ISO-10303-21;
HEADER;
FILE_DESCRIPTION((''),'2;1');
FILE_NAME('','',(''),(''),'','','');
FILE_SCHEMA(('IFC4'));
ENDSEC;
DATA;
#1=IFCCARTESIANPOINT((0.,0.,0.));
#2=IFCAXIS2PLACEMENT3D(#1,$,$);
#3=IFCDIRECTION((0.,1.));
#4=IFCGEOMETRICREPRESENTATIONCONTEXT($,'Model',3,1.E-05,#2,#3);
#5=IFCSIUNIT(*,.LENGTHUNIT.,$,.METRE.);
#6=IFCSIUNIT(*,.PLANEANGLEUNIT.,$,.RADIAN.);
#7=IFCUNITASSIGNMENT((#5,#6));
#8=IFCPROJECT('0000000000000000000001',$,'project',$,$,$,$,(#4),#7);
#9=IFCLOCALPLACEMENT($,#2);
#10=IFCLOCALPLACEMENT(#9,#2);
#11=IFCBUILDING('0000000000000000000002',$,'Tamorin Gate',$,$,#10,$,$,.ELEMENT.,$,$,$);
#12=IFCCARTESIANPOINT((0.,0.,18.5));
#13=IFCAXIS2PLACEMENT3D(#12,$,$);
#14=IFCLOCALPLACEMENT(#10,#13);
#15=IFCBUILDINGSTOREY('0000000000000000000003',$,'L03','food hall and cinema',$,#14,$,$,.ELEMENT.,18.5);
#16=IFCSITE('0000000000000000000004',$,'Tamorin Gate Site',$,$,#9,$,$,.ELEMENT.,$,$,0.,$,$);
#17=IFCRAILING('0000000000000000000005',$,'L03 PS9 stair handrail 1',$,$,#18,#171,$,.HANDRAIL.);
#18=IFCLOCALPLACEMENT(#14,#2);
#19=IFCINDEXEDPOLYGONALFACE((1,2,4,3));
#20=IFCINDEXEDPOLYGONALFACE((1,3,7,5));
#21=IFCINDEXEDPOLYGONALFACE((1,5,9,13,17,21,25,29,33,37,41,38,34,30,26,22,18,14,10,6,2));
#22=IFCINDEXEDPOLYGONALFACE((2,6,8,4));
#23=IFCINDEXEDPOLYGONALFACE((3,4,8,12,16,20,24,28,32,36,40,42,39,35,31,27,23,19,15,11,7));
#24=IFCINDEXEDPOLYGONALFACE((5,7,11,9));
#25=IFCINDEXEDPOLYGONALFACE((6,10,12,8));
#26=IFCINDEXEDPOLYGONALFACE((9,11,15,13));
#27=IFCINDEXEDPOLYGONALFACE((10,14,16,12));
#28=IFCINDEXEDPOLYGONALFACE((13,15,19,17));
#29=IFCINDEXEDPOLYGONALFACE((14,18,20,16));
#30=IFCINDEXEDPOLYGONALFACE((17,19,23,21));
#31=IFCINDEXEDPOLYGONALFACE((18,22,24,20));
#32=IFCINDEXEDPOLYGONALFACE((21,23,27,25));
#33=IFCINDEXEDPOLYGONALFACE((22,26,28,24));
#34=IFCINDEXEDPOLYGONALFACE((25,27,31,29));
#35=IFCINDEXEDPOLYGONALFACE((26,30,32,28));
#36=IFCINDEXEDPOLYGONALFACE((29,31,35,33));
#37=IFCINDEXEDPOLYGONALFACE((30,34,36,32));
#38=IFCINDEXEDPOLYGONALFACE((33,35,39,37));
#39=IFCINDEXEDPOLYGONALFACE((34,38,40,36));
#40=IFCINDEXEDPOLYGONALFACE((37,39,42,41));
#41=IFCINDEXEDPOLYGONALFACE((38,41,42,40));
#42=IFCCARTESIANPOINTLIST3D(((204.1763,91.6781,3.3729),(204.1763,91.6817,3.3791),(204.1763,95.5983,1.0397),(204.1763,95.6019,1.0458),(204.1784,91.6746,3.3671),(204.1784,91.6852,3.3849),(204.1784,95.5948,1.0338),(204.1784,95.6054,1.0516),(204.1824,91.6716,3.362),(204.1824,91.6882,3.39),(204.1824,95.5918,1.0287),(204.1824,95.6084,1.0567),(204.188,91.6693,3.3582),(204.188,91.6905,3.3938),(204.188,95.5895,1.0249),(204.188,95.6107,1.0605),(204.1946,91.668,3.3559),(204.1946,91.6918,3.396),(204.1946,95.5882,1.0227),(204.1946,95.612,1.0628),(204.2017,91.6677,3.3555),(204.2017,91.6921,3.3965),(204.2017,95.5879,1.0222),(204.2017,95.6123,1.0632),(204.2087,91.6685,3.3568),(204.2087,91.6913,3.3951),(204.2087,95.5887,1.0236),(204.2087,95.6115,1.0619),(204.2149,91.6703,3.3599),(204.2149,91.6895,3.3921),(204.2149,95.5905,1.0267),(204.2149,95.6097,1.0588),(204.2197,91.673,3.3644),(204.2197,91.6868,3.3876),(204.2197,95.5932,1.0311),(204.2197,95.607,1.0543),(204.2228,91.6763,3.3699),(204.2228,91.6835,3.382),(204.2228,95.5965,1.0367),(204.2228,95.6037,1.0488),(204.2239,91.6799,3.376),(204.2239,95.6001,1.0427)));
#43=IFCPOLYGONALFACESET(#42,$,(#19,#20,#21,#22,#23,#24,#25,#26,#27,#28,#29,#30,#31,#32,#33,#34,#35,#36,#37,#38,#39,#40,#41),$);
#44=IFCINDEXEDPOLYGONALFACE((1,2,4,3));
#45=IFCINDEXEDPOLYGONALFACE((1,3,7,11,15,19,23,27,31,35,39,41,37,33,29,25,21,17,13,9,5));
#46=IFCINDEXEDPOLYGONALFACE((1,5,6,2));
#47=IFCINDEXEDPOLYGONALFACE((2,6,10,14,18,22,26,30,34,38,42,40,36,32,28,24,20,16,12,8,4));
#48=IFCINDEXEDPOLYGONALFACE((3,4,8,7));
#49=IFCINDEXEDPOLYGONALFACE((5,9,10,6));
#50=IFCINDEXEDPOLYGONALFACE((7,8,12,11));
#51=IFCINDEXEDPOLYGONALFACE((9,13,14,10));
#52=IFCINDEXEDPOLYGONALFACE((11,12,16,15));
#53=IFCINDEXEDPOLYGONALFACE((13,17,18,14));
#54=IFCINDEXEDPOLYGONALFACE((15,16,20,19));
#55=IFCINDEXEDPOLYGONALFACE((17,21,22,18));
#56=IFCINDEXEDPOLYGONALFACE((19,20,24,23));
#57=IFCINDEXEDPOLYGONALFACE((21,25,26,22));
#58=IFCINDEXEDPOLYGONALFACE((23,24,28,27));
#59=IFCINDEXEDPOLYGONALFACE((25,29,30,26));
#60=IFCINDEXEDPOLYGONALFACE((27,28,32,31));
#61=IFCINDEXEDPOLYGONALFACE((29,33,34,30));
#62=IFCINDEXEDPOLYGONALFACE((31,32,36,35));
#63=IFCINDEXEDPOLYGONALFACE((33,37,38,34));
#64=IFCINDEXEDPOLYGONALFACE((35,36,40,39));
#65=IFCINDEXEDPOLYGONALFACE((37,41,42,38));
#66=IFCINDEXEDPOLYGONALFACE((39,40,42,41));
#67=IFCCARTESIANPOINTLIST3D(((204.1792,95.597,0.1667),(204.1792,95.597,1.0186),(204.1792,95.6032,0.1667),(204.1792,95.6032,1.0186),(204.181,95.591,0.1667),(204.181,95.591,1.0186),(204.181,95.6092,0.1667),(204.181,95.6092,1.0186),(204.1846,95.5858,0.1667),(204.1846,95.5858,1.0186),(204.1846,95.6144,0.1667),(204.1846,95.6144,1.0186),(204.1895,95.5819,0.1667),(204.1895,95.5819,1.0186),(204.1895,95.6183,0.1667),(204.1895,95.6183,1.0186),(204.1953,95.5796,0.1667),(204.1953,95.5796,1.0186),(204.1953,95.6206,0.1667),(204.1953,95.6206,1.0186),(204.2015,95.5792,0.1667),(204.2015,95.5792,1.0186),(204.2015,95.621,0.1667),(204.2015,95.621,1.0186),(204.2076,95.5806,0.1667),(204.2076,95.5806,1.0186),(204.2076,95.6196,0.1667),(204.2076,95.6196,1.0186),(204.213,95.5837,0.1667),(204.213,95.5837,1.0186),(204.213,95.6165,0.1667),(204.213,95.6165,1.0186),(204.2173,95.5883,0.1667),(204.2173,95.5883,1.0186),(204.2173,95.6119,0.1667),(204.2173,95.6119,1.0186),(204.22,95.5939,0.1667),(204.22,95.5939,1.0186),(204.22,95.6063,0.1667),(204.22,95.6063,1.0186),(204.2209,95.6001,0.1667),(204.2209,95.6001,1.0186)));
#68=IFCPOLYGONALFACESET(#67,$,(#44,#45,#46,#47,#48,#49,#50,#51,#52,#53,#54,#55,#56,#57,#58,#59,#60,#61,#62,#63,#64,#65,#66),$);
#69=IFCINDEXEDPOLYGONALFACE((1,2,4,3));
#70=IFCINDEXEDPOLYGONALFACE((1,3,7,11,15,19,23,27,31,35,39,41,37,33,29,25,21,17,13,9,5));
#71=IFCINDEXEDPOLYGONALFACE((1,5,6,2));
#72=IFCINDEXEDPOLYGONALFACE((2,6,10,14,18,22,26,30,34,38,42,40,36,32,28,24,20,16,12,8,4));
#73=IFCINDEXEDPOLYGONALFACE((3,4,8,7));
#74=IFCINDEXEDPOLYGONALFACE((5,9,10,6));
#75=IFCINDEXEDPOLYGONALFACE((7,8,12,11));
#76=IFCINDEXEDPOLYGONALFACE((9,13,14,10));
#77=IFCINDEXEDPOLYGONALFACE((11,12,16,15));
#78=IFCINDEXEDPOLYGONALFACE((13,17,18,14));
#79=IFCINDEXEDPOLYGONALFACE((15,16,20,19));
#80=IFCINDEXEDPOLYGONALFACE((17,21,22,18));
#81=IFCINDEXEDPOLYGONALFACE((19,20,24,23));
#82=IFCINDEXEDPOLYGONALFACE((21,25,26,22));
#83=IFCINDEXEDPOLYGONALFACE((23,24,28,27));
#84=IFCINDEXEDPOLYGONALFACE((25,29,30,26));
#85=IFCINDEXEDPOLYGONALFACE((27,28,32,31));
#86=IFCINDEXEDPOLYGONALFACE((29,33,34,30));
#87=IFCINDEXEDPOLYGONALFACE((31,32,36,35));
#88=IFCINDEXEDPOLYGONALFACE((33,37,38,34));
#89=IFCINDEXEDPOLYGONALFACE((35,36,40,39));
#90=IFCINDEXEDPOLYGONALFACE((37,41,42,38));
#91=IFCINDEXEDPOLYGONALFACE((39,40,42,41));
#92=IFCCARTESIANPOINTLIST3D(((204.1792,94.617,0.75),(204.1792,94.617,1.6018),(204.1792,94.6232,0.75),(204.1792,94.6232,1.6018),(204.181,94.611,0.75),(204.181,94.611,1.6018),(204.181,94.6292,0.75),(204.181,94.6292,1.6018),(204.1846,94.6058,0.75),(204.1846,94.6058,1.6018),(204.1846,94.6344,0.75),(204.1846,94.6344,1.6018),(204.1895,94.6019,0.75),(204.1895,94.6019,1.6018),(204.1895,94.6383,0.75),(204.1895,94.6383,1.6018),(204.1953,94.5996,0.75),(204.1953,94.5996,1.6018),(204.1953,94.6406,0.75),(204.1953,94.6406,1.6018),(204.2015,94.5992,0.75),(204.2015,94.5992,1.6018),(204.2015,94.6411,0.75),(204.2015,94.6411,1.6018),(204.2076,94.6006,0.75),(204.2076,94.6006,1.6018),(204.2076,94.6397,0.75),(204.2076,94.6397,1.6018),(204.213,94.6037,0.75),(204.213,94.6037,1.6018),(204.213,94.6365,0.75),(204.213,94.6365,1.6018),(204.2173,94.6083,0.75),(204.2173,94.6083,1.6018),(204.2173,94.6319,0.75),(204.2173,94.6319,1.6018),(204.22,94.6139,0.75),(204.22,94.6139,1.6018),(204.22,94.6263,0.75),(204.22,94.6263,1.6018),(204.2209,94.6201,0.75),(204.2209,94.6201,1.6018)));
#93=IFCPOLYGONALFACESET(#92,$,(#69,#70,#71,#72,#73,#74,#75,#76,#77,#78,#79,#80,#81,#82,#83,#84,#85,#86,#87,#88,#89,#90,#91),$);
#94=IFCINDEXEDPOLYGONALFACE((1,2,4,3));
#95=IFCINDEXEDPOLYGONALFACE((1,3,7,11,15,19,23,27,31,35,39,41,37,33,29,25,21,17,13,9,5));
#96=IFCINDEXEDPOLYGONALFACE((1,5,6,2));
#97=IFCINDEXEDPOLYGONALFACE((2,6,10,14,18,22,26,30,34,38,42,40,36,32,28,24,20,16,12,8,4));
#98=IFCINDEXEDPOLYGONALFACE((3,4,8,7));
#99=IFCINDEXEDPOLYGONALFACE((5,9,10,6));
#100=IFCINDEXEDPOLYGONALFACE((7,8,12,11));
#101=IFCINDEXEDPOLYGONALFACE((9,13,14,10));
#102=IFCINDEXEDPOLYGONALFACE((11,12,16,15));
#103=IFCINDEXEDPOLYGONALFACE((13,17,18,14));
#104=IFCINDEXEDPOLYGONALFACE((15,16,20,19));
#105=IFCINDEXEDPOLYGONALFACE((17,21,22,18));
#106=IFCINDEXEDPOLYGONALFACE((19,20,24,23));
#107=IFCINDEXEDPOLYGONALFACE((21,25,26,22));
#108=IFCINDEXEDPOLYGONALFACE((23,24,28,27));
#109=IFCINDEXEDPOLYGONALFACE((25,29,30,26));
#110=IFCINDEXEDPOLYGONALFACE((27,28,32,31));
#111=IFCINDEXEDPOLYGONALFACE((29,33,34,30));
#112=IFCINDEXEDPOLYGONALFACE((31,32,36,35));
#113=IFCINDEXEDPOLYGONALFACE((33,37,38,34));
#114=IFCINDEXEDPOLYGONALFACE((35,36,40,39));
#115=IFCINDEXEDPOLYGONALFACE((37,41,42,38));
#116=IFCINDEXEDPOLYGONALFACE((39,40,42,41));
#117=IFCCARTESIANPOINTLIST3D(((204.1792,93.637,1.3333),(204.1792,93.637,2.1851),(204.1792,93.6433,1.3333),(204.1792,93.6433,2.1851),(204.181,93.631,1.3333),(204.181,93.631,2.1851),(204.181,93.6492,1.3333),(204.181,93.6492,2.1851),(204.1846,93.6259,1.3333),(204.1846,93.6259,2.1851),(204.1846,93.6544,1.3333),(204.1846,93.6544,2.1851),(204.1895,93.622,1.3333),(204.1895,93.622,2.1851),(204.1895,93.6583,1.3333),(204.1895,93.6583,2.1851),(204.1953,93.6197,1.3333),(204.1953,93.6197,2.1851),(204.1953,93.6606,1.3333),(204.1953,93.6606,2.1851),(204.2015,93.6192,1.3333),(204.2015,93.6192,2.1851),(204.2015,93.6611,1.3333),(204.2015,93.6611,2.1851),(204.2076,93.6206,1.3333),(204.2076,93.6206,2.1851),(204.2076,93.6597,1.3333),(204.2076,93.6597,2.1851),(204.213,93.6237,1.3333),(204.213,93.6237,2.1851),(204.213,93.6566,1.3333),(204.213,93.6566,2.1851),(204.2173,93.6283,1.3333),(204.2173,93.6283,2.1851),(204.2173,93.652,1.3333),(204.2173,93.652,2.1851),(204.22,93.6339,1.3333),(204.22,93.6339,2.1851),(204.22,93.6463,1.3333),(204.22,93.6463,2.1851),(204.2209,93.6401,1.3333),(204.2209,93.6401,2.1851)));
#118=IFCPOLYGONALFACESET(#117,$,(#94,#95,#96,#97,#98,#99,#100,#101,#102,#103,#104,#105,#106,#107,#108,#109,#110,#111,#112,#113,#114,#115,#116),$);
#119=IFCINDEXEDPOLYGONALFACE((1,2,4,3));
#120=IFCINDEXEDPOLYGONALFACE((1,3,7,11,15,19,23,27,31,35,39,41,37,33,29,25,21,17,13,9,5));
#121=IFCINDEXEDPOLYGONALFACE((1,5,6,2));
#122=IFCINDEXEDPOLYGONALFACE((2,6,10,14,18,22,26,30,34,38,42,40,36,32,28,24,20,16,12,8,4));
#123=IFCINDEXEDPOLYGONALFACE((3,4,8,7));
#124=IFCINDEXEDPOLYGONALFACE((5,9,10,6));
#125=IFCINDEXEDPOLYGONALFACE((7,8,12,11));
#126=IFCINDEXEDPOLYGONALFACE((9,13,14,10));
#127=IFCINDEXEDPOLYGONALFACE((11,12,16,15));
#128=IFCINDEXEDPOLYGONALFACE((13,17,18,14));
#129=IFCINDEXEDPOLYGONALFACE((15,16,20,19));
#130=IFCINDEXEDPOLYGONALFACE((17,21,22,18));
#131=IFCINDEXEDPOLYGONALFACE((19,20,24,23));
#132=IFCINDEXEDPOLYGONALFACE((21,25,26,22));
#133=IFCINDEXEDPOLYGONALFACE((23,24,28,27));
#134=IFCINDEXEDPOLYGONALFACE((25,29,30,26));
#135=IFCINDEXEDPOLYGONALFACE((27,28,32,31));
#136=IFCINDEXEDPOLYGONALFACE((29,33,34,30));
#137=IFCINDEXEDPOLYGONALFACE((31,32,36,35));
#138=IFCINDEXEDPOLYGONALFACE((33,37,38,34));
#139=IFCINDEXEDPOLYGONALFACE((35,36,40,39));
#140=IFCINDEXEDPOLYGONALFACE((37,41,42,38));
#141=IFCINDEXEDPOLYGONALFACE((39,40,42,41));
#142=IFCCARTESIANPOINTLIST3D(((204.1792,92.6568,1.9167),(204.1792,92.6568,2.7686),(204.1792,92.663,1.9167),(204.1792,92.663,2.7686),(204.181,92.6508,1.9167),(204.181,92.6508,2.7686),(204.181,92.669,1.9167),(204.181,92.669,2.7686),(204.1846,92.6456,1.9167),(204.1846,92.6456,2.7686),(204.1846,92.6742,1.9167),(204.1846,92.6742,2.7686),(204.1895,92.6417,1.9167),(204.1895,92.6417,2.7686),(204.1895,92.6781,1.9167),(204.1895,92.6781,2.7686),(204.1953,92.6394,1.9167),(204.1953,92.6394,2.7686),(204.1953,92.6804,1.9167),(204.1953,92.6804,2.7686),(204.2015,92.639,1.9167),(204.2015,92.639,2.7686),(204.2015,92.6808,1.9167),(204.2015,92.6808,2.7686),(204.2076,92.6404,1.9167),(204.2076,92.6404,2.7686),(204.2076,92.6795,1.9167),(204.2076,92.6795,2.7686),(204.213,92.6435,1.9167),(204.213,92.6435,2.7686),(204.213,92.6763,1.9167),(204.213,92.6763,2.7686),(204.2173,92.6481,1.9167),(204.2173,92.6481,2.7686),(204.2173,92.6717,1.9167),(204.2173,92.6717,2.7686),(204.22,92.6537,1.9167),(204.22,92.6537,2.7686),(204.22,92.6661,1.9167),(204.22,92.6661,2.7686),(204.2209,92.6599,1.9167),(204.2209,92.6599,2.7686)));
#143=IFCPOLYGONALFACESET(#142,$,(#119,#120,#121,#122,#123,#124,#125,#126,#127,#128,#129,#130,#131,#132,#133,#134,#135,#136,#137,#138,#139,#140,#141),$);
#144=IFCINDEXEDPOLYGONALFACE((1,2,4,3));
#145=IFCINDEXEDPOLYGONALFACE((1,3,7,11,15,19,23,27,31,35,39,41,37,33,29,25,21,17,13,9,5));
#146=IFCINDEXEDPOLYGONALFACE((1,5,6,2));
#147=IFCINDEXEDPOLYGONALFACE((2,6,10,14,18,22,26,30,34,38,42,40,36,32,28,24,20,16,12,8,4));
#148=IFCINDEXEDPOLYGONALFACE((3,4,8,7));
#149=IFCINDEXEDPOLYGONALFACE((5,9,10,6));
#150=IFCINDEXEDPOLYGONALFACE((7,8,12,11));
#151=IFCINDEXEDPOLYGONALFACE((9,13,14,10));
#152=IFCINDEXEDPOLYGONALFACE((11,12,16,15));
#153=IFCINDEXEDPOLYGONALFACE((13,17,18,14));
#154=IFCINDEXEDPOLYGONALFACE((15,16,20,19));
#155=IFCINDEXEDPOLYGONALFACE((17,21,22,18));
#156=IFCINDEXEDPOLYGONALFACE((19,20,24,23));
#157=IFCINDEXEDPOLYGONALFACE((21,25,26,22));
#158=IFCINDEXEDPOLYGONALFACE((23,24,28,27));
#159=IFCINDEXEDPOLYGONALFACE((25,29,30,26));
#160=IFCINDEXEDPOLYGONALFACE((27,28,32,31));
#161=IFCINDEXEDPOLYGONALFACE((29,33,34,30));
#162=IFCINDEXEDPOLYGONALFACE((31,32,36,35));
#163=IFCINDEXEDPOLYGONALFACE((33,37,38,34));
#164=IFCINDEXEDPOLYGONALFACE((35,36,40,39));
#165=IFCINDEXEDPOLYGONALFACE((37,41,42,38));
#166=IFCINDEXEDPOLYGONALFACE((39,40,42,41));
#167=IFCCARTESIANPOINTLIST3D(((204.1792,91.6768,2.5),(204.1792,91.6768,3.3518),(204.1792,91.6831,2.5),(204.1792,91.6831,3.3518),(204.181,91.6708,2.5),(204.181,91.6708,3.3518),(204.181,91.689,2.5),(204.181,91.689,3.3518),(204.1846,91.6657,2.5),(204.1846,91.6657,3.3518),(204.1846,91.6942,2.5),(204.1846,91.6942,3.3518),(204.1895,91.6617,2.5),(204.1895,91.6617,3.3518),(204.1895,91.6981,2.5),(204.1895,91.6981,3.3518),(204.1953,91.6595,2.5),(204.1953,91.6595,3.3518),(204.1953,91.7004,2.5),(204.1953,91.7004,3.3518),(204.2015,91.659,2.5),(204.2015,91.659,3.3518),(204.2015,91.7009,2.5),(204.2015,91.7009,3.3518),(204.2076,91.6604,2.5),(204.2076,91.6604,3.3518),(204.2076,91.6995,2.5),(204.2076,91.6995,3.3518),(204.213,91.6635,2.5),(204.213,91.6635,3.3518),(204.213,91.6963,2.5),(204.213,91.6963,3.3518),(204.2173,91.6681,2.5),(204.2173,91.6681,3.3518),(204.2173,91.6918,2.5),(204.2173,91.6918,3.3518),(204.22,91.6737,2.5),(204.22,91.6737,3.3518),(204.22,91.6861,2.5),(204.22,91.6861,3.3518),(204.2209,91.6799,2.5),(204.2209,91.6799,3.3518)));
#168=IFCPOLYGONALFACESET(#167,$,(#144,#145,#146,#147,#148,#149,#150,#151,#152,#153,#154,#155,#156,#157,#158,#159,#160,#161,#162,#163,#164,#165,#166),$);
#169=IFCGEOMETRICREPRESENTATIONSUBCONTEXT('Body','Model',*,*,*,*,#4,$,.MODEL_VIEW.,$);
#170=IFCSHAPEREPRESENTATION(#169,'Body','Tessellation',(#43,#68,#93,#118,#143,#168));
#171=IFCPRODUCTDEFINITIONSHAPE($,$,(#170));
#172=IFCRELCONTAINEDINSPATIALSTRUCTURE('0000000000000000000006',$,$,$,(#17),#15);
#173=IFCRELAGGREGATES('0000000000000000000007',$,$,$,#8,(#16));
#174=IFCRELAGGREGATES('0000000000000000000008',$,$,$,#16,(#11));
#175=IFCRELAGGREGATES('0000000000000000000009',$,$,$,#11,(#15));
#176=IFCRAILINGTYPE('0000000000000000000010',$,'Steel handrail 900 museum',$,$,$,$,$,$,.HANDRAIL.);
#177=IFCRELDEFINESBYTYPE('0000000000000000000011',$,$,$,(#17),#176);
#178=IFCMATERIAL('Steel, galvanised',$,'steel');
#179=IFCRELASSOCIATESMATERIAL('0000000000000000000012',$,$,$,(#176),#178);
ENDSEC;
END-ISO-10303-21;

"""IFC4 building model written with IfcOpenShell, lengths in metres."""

from ifc_helpers import new_model, si_unit, direction, frame, origin, origin_2d, place, context, subcontext, project, spatial, circle, extrude, material, type_object, element, save


model = new_model("IFC4")

# Units and contexts
model_context = context("Model", 3, precision=1e-05, world=origin(), true_north=direction((0.0, 1.0)))
body_context = subcontext(model_context, "Body", "Model", "MODEL_VIEW")
ifc_project = project(units=[si_unit("LENGTHUNIT", "METRE"), si_unit("PLANEANGLEUNIT", "RADIAN")], contexts=[model_context])

# Site, building, storey
site_placement = place(None, origin())
site = spatial("IfcSite", under=ifc_project, at=site_placement, Name="Tamorin Gate Site", CompositionType="ELEMENT", RefElevation=0.0)
building_placement = place(site_placement, origin())
building = spatial("IfcBuilding", under=site, at=building_placement, Name="Tamorin Gate", CompositionType="ELEMENT")
storey_placement = place(building_placement, frame((0.0, 0.0, 18.5)))
storey = spatial("IfcBuildingStorey", under=building, at=storey_placement, Name="L03", Description="food hall and cinema", CompositionType="ELEMENT", Elevation=18.5)

# Railing
ifc_material_1 = material(Name="Steel, galvanised", Category="steel")
railing_type_1 = type_object("IfcRailingType", Name="Steel handrail 900 museum", PredefinedType="HANDRAIL", material=ifc_material_1)
railing_1_placement = place(storey_placement, frame((204.2, 95.6001, 0.1667)))
element("IfcRailing", 1, at=railing_1_placement, inside=storey, type_object=railing_type_1, Name="L03 PS9 stair handrail 1", PredefinedType="HANDRAIL", context=body_context, shape_type="SweptSolid", body=[
    extrude(circle(Radius=0.0239, at=origin_2d()), frame((0.0, 0.0, 0.876), z_axis=(0.0, -0.85931, 0.511455), x_axis=(1.0, 0.0, 0.0)), (0.0, 0.0, 1.0), 4.562),
    extrude(circle(Radius=0.021, at=origin_2d()), origin(), (0.0, 0.0, 1.0), 0.8518),
    extrude(circle(Radius=0.021, at=origin_2d()), frame((0.0, -0.98, 0.5833)), (0.0, 0.0, 1.0), 0.8518),
    extrude(circle(Radius=0.021, at=origin_2d()), frame((0.0, -1.96, 1.1665)), (0.0, 0.0, 1.0), 0.8518),
    extrude(circle(Radius=0.021, at=origin_2d()), frame((0.0, -2.9402, 1.75)), (0.0, 0.0, 1.0), 0.8518),
    extrude(circle(Radius=0.021, at=origin_2d()), frame((0.0, -3.9202, 2.3333)), (0.0, 0.0, 1.0), 0.8518),
])

save(model, "model.ifc")
